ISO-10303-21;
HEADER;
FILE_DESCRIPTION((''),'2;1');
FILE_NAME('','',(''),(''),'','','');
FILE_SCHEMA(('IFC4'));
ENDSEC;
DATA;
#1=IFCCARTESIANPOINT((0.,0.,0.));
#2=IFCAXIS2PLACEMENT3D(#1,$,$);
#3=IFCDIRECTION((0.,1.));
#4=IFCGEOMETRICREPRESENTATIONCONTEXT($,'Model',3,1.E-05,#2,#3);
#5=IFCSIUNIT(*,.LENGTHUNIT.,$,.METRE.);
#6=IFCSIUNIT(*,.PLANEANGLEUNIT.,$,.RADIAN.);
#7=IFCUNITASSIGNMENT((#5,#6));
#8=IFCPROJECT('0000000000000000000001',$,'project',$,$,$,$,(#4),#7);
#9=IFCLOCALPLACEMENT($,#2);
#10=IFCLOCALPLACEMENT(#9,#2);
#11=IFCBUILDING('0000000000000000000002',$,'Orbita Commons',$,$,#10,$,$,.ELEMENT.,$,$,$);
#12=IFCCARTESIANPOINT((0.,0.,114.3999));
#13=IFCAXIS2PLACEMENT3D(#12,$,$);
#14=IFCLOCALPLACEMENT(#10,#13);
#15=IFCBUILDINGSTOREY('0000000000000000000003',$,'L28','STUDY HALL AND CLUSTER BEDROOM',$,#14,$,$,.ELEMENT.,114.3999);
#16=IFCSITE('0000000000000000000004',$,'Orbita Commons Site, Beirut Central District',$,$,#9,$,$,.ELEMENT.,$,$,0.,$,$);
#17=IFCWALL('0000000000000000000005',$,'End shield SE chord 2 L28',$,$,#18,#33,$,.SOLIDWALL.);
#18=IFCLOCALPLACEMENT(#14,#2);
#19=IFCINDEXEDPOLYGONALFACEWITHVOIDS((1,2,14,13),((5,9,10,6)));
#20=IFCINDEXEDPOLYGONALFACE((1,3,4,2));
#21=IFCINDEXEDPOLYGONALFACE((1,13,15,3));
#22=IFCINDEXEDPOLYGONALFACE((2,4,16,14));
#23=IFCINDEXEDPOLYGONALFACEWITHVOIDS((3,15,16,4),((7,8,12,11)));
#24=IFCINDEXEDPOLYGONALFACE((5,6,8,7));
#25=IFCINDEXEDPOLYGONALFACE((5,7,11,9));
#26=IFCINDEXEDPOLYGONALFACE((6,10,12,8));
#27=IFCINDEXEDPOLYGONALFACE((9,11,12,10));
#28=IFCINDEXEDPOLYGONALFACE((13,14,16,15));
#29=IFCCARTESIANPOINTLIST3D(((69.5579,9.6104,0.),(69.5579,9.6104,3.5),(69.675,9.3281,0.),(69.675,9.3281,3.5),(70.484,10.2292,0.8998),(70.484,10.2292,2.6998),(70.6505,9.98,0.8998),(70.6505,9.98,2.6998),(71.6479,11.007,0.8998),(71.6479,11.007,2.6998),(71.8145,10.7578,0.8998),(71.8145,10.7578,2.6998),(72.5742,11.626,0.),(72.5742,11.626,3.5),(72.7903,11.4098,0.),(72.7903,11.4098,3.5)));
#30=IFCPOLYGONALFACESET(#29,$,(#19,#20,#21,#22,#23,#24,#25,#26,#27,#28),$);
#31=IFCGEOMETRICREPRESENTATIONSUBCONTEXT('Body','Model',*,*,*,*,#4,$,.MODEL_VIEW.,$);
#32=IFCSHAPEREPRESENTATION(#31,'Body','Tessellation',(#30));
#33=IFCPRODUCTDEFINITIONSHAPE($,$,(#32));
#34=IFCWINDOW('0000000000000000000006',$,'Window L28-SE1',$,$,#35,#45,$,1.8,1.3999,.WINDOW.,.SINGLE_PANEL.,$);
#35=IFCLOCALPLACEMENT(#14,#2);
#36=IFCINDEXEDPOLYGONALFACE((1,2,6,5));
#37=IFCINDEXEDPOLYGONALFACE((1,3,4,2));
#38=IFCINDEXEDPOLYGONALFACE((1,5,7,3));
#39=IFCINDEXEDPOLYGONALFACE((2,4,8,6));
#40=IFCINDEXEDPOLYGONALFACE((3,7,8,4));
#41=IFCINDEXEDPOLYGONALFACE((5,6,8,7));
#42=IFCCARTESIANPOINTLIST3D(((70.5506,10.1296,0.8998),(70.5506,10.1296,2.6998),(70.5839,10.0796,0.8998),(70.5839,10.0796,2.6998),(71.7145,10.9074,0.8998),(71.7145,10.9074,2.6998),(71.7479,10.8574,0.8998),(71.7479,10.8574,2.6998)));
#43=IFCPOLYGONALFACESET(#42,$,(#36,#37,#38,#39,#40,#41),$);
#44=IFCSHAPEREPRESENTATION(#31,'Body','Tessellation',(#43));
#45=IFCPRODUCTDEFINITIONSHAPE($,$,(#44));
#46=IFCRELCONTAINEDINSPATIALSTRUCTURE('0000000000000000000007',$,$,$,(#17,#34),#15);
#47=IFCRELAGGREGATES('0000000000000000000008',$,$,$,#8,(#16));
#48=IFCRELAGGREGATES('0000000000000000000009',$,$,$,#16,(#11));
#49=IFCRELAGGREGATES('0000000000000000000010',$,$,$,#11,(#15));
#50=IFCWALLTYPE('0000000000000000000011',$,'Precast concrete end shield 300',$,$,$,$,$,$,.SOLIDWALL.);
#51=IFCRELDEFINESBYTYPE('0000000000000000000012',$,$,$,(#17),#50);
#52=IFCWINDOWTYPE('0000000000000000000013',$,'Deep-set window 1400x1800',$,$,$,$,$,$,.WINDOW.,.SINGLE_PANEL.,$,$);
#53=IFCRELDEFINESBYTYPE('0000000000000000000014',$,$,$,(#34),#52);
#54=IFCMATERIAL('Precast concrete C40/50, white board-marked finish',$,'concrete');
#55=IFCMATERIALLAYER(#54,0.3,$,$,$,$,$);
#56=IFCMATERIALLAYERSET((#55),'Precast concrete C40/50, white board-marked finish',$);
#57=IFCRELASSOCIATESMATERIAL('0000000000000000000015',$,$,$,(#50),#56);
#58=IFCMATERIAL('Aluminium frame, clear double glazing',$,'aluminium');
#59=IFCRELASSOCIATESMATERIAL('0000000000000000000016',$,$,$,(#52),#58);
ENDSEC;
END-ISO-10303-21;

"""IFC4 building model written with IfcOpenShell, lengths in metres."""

from ifc_helpers import new_model, si_unit, direction, frame, frame_2d, origin, place, context, subcontext, project, spatial, polyline, rectangle, outline, extrude, material, layer, layer_set, type_object, element, fill, save


model = new_model("IFC4")

# Units and contexts
model_context = context("Model", 3, precision=1e-05, world=origin(), true_north=direction((0.0, 1.0)))
body_context = subcontext(model_context, "Body", "Model", "MODEL_VIEW")
ifc_project = project(units=[si_unit("LENGTHUNIT", "METRE"), si_unit("PLANEANGLEUNIT", "RADIAN")], contexts=[model_context])

# Site, building, storey
site_placement = place(None, origin())
site = spatial("IfcSite", under=ifc_project, at=site_placement, Name="Orbita Commons Site, Beirut Central District", CompositionType="ELEMENT", RefElevation=0.0)
building_placement = place(site_placement, origin())
building = spatial("IfcBuilding", under=site, at=building_placement, Name="Orbita Commons", CompositionType="ELEMENT")
storey_placement = place(building_placement, frame((0.0, 0.0, 114.3999)))
storey = spatial("IfcBuildingStorey", under=building, at=storey_placement, Name="L28", Description="STUDY HALL AND CLUSTER BEDROOM", CompositionType="ELEMENT", Elevation=114.3999)

# Wall, opening, window
ifc_material_1 = material(Name="Precast concrete C40/50, white board-marked finish", Category="concrete")
ifc_layer_1 = layer(ifc_material_1, 0.3)
ifc_layer_set_1 = layer_set([ifc_layer_1], Name="Precast concrete C40/50, white board-marked finish")
wall_type_1 = type_object("IfcWallType", Name="Precast concrete end shield 300", PredefinedType="SOLIDWALL", material=ifc_layer_set_1)
ifc_material_2 = material(Name="Aluminium frame, clear double glazing", Category="aluminium")
window_type = type_object("IfcWindowType", Name="Deep-set window 1400x1800", PartitioningType="SINGLE_PANEL", PredefinedType="WINDOW", material=ifc_material_2)
wall_1_placement = place(storey_placement, frame((69.6165, 9.4692, 0.0), z_axis=(0.0, 0.0, 1.0), x_axis=(0.831449, 0.555601, 0.0)))
wall_1 = element("IfcWall", 1, at=wall_1_placement, inside=storey, type_object=wall_type_1, Name="End shield SE chord 2 L28", PredefinedType="SOLIDWALL", context=body_context, shape_type="SweptSolid", body=[
    extrude(outline(polyline([(-0.0298, -0.1499), (3.717, -0.1499), (3.6575, 0.1499), (0.0298, 0.1499), (-0.0298, -0.1499)])), origin(), (0.0, 0.0, 1.0), 3.5),
])
opening_1_placement = place(wall_1_placement, frame((1.1436, 0.0, 0.8999)))
opening_1 = element("IfcOpeningElement", 2, at=opening_1_placement, cuts=wall_1, PredefinedType="OPENING", context=body_context, shape_type="SweptSolid", body=[
    extrude(rectangle(XDim=1.3999, YDim=1.8, at=frame_2d((0.7, 0.8999))), frame((0.0, 0.1599, 0.0), z_axis=(0.0, -1.0, 0.0), x_axis=(1.0, 0.0, 0.0)), (0.0, 0.0, 1.0), 0.3201),
])
window_1_placement = place(opening_1_placement, origin())
window_1 = element("IfcWindow", 3, at=window_1_placement, inside=storey, type_object=window_type, Name="Window L28-SE1", OverallHeight=1.8, OverallWidth=1.3999, PartitioningType="SINGLE_PANEL", PredefinedType="WINDOW", context=body_context, shape_type="SweptSolid", body=[
    extrude(rectangle(XDim=1.3999, YDim=1.8, at=frame_2d((0.7, 0.8999))), frame((0.0, 0.03, 0.0), z_axis=(0.0, -1.0, 0.0), x_axis=(1.0, 0.0, 0.0)), (0.0, 0.0, 1.0), 0.0601),
])
fill(opening_1, window_1)

save(model, "model.ifc")
